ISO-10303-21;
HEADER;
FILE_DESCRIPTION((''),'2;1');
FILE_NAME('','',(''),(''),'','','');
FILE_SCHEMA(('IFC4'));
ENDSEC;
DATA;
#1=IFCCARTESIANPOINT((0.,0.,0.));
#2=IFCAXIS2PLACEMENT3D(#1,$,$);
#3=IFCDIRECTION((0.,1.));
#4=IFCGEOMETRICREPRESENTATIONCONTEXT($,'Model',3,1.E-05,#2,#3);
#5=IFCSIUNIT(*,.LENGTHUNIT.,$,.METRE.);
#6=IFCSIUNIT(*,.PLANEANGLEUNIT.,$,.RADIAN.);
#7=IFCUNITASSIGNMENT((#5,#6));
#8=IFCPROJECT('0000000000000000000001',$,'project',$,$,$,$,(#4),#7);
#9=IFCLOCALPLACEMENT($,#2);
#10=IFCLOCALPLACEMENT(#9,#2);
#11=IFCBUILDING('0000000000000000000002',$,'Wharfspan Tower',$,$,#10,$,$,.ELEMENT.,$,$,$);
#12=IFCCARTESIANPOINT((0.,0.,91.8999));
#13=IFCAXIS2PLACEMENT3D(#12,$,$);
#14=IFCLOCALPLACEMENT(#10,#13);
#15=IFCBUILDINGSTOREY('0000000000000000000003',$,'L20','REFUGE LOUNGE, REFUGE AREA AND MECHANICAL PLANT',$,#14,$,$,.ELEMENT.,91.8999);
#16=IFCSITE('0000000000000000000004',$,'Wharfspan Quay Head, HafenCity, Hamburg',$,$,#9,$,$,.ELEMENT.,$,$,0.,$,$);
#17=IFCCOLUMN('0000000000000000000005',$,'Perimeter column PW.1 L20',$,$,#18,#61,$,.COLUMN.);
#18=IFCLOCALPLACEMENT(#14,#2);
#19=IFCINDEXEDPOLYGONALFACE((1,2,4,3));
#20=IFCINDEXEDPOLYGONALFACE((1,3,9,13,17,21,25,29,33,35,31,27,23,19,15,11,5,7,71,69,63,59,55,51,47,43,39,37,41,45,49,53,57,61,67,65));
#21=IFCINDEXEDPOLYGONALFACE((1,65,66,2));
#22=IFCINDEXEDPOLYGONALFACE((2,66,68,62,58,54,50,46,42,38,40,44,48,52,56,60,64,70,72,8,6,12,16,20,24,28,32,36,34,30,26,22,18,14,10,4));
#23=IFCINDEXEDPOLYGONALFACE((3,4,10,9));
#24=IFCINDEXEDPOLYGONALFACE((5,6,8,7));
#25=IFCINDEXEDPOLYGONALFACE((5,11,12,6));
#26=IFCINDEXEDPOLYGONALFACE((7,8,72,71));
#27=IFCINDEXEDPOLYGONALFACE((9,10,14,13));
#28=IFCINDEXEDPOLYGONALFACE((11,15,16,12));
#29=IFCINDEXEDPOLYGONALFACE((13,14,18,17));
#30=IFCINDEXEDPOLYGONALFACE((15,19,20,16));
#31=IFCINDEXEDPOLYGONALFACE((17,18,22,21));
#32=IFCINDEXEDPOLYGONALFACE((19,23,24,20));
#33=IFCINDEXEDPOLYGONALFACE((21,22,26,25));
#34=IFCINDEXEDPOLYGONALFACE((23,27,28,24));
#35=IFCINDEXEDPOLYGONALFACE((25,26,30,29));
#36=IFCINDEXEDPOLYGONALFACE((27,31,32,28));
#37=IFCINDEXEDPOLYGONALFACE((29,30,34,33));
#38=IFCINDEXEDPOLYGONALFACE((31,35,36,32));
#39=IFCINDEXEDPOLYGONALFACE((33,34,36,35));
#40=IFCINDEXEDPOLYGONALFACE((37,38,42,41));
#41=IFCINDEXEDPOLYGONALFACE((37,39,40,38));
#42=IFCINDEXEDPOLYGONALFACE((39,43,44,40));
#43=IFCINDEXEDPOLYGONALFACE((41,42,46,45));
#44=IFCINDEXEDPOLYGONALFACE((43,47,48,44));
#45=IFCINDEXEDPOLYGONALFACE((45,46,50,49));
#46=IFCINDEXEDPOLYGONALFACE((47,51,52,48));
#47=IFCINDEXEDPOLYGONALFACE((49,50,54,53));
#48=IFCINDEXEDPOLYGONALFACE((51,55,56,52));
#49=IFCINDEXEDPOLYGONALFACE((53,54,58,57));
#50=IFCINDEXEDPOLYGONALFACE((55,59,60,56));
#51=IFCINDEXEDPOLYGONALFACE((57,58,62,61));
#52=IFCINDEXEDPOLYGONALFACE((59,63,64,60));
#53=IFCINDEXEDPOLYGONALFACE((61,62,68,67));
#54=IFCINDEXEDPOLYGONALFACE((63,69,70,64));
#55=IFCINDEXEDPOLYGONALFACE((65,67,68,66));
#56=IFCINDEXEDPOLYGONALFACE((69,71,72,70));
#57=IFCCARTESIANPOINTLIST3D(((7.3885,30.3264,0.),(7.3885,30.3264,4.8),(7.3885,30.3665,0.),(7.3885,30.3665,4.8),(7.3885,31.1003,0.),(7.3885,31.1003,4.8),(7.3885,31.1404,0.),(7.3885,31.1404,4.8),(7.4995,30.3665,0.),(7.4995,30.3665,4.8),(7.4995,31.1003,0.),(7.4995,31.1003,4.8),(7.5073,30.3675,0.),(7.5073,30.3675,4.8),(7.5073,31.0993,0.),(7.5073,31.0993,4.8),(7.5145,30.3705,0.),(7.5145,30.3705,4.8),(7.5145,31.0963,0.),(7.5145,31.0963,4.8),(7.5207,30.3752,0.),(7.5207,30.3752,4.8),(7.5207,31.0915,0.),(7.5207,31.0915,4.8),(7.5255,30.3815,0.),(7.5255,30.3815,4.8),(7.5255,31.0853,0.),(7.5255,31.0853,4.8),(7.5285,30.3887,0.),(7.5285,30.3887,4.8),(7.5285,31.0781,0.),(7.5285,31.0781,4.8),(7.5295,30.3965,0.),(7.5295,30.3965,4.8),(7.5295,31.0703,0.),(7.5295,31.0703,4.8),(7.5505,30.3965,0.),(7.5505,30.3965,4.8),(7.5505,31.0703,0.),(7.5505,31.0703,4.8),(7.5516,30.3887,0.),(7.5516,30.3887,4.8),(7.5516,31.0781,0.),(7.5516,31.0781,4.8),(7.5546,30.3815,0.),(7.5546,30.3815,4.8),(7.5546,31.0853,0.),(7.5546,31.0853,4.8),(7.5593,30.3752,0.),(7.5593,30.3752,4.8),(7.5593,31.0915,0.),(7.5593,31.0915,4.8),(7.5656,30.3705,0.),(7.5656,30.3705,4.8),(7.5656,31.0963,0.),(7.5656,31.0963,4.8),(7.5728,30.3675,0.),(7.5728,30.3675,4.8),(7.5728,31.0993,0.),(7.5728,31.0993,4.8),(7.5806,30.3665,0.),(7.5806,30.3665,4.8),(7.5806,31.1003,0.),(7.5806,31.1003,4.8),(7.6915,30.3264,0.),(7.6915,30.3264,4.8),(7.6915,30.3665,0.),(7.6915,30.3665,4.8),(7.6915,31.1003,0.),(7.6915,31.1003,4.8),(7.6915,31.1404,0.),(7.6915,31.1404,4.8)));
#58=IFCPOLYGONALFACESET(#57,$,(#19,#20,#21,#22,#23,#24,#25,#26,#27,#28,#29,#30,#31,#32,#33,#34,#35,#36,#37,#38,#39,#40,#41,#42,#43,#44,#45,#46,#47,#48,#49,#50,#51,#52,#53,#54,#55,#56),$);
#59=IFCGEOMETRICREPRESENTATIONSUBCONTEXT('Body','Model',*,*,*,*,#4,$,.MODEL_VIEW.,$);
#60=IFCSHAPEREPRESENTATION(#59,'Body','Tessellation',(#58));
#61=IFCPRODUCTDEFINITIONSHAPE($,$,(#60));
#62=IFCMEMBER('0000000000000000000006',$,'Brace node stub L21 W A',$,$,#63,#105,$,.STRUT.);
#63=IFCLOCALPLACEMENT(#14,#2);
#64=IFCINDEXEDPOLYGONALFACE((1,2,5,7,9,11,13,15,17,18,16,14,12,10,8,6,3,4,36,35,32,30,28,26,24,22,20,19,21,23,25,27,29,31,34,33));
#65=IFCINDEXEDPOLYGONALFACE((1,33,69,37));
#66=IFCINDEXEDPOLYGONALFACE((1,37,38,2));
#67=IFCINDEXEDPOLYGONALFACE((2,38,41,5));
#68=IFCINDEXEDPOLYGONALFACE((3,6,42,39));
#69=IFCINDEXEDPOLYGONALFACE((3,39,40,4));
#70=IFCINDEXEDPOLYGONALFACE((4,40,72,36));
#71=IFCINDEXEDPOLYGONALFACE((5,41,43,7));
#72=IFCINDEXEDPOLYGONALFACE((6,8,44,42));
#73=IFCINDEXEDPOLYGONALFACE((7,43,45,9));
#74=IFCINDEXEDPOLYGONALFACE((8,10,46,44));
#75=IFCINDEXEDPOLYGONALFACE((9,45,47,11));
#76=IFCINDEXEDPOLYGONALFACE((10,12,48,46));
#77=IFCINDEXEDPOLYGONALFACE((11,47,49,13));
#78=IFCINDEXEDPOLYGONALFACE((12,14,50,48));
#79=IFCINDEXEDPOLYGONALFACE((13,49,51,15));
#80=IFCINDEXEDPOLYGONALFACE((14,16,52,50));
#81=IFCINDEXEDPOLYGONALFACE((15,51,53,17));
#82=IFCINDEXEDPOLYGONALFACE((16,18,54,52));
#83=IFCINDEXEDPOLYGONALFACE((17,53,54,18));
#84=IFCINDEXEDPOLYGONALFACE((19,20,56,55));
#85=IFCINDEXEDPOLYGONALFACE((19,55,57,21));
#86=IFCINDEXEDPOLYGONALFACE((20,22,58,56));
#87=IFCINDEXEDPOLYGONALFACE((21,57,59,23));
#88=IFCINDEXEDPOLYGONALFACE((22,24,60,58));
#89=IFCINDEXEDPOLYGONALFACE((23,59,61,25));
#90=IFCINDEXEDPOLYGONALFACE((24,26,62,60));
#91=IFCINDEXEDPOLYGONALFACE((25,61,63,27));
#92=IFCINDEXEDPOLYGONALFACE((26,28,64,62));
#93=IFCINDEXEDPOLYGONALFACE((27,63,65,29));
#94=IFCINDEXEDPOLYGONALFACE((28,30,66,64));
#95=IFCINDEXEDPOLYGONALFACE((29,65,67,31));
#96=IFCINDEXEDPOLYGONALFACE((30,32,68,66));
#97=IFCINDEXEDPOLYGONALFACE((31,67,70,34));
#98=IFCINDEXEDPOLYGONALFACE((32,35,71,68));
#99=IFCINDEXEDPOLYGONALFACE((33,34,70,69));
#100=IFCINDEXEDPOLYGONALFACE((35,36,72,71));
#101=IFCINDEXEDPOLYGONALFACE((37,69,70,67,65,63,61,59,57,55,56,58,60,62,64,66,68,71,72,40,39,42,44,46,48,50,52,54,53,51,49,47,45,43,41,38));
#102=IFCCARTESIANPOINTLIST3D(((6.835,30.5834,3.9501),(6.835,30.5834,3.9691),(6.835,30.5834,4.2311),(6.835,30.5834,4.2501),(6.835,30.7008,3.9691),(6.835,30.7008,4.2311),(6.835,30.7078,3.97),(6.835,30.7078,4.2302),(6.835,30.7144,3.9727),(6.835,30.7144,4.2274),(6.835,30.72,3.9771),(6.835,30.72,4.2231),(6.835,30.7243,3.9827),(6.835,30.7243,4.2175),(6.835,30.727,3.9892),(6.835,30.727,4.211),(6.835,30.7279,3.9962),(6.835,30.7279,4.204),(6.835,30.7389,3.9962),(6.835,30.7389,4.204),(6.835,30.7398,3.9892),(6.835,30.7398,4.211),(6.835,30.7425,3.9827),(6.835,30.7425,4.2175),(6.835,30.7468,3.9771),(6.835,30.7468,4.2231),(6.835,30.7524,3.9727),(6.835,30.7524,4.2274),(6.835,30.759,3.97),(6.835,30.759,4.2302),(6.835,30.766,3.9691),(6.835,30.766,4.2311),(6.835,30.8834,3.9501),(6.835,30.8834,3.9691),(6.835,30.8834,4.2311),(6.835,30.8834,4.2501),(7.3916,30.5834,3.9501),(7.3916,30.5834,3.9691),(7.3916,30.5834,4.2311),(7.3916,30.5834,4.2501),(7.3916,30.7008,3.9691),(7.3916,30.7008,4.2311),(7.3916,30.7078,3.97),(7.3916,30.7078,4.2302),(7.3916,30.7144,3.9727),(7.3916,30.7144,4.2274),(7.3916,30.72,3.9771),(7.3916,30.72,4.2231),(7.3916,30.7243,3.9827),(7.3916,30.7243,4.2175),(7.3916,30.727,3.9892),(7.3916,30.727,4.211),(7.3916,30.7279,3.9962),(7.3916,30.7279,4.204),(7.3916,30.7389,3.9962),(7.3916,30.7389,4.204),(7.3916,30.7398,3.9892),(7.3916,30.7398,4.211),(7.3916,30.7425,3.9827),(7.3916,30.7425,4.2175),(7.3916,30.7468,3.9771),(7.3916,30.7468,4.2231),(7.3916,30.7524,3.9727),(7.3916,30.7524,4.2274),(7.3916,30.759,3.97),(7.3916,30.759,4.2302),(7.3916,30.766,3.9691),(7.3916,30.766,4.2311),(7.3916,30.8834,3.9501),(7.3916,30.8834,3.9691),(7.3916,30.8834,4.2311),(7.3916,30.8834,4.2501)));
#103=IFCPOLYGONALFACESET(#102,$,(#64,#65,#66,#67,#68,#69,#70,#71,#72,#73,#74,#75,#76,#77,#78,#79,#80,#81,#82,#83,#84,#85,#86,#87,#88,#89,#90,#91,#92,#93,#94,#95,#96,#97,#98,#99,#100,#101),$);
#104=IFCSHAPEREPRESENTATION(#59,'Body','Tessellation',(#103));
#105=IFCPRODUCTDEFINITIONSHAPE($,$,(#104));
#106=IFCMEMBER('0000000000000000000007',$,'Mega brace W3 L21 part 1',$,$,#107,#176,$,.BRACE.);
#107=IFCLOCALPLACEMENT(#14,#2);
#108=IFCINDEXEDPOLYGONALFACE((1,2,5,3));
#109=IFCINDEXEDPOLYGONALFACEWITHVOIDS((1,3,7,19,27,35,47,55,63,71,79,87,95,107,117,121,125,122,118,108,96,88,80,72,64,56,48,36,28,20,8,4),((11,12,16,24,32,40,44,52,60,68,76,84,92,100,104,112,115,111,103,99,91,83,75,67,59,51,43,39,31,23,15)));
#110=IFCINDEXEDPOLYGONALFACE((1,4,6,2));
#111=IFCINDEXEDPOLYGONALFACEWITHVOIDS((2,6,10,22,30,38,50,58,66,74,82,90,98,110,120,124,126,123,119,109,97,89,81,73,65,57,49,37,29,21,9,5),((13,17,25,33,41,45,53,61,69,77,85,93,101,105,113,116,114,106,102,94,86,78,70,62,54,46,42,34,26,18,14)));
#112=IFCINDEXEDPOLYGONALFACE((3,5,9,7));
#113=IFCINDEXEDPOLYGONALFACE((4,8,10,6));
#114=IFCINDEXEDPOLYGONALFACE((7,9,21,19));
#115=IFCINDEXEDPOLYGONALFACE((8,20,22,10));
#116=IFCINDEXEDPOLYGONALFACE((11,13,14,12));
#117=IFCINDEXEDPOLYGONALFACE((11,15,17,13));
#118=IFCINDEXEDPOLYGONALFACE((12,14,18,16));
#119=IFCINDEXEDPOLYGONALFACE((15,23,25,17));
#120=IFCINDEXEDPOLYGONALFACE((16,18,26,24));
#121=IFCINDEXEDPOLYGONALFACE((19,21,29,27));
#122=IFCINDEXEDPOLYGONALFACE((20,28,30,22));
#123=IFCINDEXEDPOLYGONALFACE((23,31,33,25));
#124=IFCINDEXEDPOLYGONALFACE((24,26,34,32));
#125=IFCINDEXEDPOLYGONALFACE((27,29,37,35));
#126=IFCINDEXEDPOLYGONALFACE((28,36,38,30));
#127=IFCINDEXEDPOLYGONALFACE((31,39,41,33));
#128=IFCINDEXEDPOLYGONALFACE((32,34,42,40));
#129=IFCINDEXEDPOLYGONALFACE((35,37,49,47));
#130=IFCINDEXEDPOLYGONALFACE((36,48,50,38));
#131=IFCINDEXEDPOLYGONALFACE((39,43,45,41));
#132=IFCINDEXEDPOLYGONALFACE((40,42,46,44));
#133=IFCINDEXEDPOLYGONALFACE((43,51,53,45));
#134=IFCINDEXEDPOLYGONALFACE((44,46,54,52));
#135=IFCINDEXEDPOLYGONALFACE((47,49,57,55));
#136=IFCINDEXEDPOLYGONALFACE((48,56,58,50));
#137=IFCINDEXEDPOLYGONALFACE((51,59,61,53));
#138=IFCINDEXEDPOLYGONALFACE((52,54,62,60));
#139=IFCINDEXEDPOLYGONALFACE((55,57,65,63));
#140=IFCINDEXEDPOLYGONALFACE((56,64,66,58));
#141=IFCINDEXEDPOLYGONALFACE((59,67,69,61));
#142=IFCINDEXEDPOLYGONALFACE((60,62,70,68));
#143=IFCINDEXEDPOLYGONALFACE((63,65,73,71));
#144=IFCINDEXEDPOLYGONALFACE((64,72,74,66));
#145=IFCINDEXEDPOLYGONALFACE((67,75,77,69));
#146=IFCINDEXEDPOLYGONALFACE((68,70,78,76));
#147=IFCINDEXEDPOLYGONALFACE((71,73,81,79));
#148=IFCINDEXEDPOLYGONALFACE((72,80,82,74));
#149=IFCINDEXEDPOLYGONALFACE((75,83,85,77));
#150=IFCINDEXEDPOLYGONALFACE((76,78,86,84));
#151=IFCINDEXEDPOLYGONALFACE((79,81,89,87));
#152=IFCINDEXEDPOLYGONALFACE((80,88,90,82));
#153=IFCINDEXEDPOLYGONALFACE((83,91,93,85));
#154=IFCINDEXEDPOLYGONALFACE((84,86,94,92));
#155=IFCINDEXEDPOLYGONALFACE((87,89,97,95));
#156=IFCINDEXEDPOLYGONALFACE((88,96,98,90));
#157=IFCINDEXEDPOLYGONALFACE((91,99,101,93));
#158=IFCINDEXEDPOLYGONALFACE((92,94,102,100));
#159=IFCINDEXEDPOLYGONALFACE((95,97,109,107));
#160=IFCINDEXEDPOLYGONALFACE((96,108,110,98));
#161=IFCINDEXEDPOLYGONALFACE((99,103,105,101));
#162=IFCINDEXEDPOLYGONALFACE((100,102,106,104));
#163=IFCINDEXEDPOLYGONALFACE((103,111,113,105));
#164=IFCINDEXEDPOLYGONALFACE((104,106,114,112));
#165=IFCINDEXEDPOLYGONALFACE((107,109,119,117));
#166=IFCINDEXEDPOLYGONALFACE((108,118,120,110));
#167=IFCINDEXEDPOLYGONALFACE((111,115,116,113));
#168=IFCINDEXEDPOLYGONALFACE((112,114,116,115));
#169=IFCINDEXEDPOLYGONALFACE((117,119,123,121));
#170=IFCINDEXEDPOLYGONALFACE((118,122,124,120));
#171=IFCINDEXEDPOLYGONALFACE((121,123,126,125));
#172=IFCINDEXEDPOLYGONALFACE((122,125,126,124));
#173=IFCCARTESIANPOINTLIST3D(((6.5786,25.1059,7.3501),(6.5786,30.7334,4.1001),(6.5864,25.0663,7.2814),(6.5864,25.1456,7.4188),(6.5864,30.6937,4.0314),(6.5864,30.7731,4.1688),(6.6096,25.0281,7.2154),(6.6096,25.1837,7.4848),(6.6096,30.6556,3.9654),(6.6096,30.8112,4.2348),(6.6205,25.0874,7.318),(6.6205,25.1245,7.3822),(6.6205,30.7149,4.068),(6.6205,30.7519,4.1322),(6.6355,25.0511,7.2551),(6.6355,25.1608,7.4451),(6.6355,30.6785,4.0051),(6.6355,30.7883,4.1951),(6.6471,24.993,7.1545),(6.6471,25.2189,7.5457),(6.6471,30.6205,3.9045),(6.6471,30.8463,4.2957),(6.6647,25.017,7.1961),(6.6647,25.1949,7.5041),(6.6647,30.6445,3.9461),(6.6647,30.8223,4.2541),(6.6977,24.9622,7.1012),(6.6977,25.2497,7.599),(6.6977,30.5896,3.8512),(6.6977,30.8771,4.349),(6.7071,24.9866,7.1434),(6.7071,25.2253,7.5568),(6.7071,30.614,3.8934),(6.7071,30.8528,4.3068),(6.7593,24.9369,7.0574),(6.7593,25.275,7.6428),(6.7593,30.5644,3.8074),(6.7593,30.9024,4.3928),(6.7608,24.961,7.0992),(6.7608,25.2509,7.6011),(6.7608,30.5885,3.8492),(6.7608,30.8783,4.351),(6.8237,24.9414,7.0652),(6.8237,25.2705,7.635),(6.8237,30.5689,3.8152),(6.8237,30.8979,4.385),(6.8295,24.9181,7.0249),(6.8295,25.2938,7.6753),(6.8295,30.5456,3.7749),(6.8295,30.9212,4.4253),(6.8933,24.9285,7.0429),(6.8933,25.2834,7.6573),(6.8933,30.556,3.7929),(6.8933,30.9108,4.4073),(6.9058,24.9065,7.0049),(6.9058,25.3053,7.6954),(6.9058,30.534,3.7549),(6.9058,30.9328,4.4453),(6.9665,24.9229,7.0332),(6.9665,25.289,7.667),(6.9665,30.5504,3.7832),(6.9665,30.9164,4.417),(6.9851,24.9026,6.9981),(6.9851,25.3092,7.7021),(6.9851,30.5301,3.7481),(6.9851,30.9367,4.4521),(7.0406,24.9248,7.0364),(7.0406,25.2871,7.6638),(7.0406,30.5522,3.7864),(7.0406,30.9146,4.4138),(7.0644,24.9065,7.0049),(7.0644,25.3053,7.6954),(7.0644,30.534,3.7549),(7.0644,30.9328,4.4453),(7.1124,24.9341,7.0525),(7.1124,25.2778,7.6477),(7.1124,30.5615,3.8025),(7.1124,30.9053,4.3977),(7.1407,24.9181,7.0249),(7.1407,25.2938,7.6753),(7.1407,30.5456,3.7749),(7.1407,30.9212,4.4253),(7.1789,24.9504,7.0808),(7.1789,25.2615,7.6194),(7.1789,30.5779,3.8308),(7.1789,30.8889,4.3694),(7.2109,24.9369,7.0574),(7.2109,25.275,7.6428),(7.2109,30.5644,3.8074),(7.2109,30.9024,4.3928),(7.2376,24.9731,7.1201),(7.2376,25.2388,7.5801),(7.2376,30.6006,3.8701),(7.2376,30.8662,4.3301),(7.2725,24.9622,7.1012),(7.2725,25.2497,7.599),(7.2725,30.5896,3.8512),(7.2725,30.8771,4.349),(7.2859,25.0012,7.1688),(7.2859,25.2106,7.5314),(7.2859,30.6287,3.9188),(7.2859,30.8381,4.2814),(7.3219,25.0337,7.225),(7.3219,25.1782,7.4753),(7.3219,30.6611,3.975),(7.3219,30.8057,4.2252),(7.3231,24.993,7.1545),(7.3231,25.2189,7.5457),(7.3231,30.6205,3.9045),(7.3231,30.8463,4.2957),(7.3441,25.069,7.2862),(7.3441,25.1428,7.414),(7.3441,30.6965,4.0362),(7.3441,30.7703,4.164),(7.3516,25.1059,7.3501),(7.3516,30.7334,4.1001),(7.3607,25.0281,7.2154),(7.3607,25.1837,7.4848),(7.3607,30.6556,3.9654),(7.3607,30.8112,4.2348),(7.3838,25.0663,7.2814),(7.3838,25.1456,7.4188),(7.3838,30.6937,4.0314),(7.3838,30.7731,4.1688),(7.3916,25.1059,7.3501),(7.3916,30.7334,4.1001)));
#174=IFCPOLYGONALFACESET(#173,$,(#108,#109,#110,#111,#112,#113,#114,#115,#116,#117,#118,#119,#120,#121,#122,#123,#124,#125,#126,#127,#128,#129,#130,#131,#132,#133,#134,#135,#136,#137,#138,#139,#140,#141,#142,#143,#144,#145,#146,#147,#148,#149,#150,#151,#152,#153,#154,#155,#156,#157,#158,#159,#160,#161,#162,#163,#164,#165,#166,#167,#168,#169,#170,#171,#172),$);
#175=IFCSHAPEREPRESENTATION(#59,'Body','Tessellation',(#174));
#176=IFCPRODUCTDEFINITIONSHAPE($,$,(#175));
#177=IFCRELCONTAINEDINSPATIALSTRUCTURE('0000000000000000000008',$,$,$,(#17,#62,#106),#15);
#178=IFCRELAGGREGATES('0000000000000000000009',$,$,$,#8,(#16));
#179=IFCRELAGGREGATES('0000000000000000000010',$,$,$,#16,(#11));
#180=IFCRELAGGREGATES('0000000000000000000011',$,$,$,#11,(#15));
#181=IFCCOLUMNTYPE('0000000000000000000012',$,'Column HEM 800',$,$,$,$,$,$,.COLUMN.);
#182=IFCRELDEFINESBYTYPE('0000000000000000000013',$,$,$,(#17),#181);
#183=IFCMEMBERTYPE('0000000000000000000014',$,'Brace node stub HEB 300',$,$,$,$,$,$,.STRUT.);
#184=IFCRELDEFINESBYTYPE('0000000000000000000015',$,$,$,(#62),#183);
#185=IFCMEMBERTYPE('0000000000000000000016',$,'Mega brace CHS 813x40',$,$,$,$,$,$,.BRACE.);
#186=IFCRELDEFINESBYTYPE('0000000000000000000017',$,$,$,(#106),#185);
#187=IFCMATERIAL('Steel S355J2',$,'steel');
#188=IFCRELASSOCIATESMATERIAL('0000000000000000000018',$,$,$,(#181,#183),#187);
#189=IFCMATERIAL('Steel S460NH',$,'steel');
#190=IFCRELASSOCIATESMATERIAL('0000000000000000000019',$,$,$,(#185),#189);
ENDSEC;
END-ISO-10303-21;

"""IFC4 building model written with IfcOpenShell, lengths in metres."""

from ifc_helpers import new_model, si_unit, direction, frame, origin, origin_2d, place, context, subcontext, project, spatial, hollow_circle, i_section, extrude, material, material_profile, profile_set, type_object, element, save


model = new_model("IFC4")

# Units and contexts
model_context = context("Model", 3, precision=1e-05, world=origin(), true_north=direction((0.0, 1.0)))
body_context = subcontext(model_context, "Body", "Model", "MODEL_VIEW")
ifc_project = project(units=[si_unit("LENGTHUNIT", "METRE"), si_unit("PLANEANGLEUNIT", "RADIAN")], contexts=[model_context])

# Site, building, storey
site_placement = place(None, origin())
site = spatial("IfcSite", under=ifc_project, at=site_placement, Name="Wharfspan Quay Head, HafenCity, Hamburg", CompositionType="ELEMENT", RefElevation=0.0)
building_placement = place(site_placement, origin())
building = spatial("IfcBuilding", under=site, at=building_placement, Name="Wharfspan Tower", CompositionType="ELEMENT")
storey_placement = place(building_placement, frame((0.0, 0.0, 91.8999)))
storey = spatial("IfcBuildingStorey", under=building, at=storey_placement, Name="L20", Description="REFUGE LOUNGE, REFUGE AREA AND MECHANICAL PLANT", CompositionType="ELEMENT", Elevation=91.8999)

# Column
ifc_material_1 = material(Name="Steel S355J2", Category="steel")
ifc_material_profile_1 = material_profile(ifc_material_1, i_section(OverallWidth=0.303, OverallDepth=0.814, WebThickness=0.021, FlangeThickness=0.04, FilletRadius=0.03, at=origin_2d()))
ifc_profile_set_1 = profile_set([ifc_material_profile_1], Name="Steel S355J2")
column_type = type_object("IfcColumnType", Name="Column HEM 800", PredefinedType="COLUMN", material=ifc_profile_set_1)
column_placement = place(storey_placement, frame((7.54, 30.7334, 0.0), z_axis=(0.0, 0.0, 1.0), x_axis=(-1.0, 0.0, 0.0)))
element("IfcColumn", 1, at=column_placement, inside=storey, type_object=column_type, Name="Perimeter column PW.1 L20", PredefinedType="COLUMN", context=body_context, shape_type="SweptSolid", body=[
    extrude(i_section(OverallWidth=0.303, OverallDepth=0.814, WebThickness=0.021, FlangeThickness=0.04, FilletRadius=0.03, at=origin_2d()), origin(), (0.0, 0.0, 1.0), 4.8),
])

# Members
ifc_material_profile_2 = material_profile(ifc_material_1, i_section(OverallWidth=0.3, OverallDepth=0.3, WebThickness=0.011, FlangeThickness=0.019, FilletRadius=0.0271, at=origin_2d()))
ifc_profile_set_2 = profile_set([ifc_material_profile_2], Name="Steel S355J2")
member_type_1 = type_object("IfcMemberType", Name="Brace node stub HEB 300", PredefinedType="STRUT", material=ifc_profile_set_2)
member_1_placement = place(storey_placement, frame((7.3916, 30.7334, 4.1001), z_axis=(-1.0, 0.0, 0.0), x_axis=(0.0, -1.0, 0.0)))
element("IfcMember", 2, at=member_1_placement, inside=storey, type_object=member_type_1, Name="Brace node stub L21 W A", PredefinedType="STRUT", context=body_context, shape_type="SweptSolid", body=[
    extrude(i_section(OverallWidth=0.3, OverallDepth=0.3, WebThickness=0.011, FlangeThickness=0.019, FilletRadius=0.0271, at=origin_2d()), origin(), (0.0, 0.0, 1.0), 0.5566),
])
ifc_material_2 = material(Name="Steel S460NH", Category="steel")
ifc_material_profile_3 = material_profile(ifc_material_2, hollow_circle(Radius=0.4065, WallThickness=0.04, at=origin_2d()))
ifc_profile_set_3 = profile_set([ifc_material_profile_3], Name="Steel S460NH")
member_type_2 = type_object("IfcMemberType", Name="Mega brace CHS 813x40", PredefinedType="BRACE", material=ifc_profile_set_3)
member_2_placement = place(storey_placement, frame((6.9851, 30.7334, 4.1001), z_axis=(0.0, -0.865959, 0.500115), x_axis=(1.0, 0.0, 0.0)))
element("IfcMember", 3, at=member_2_placement, inside=storey, type_object=member_type_2, Name="Mega brace W3 L21 part 1", PredefinedType="BRACE", context=body_context, shape_type="SweptSolid", body=[
    extrude(hollow_circle(Radius=0.4065, WallThickness=0.04, at=origin_2d()), origin(), (0.0, 0.0, 1.0), 6.4985),
])

save(model, "model.ifc")
